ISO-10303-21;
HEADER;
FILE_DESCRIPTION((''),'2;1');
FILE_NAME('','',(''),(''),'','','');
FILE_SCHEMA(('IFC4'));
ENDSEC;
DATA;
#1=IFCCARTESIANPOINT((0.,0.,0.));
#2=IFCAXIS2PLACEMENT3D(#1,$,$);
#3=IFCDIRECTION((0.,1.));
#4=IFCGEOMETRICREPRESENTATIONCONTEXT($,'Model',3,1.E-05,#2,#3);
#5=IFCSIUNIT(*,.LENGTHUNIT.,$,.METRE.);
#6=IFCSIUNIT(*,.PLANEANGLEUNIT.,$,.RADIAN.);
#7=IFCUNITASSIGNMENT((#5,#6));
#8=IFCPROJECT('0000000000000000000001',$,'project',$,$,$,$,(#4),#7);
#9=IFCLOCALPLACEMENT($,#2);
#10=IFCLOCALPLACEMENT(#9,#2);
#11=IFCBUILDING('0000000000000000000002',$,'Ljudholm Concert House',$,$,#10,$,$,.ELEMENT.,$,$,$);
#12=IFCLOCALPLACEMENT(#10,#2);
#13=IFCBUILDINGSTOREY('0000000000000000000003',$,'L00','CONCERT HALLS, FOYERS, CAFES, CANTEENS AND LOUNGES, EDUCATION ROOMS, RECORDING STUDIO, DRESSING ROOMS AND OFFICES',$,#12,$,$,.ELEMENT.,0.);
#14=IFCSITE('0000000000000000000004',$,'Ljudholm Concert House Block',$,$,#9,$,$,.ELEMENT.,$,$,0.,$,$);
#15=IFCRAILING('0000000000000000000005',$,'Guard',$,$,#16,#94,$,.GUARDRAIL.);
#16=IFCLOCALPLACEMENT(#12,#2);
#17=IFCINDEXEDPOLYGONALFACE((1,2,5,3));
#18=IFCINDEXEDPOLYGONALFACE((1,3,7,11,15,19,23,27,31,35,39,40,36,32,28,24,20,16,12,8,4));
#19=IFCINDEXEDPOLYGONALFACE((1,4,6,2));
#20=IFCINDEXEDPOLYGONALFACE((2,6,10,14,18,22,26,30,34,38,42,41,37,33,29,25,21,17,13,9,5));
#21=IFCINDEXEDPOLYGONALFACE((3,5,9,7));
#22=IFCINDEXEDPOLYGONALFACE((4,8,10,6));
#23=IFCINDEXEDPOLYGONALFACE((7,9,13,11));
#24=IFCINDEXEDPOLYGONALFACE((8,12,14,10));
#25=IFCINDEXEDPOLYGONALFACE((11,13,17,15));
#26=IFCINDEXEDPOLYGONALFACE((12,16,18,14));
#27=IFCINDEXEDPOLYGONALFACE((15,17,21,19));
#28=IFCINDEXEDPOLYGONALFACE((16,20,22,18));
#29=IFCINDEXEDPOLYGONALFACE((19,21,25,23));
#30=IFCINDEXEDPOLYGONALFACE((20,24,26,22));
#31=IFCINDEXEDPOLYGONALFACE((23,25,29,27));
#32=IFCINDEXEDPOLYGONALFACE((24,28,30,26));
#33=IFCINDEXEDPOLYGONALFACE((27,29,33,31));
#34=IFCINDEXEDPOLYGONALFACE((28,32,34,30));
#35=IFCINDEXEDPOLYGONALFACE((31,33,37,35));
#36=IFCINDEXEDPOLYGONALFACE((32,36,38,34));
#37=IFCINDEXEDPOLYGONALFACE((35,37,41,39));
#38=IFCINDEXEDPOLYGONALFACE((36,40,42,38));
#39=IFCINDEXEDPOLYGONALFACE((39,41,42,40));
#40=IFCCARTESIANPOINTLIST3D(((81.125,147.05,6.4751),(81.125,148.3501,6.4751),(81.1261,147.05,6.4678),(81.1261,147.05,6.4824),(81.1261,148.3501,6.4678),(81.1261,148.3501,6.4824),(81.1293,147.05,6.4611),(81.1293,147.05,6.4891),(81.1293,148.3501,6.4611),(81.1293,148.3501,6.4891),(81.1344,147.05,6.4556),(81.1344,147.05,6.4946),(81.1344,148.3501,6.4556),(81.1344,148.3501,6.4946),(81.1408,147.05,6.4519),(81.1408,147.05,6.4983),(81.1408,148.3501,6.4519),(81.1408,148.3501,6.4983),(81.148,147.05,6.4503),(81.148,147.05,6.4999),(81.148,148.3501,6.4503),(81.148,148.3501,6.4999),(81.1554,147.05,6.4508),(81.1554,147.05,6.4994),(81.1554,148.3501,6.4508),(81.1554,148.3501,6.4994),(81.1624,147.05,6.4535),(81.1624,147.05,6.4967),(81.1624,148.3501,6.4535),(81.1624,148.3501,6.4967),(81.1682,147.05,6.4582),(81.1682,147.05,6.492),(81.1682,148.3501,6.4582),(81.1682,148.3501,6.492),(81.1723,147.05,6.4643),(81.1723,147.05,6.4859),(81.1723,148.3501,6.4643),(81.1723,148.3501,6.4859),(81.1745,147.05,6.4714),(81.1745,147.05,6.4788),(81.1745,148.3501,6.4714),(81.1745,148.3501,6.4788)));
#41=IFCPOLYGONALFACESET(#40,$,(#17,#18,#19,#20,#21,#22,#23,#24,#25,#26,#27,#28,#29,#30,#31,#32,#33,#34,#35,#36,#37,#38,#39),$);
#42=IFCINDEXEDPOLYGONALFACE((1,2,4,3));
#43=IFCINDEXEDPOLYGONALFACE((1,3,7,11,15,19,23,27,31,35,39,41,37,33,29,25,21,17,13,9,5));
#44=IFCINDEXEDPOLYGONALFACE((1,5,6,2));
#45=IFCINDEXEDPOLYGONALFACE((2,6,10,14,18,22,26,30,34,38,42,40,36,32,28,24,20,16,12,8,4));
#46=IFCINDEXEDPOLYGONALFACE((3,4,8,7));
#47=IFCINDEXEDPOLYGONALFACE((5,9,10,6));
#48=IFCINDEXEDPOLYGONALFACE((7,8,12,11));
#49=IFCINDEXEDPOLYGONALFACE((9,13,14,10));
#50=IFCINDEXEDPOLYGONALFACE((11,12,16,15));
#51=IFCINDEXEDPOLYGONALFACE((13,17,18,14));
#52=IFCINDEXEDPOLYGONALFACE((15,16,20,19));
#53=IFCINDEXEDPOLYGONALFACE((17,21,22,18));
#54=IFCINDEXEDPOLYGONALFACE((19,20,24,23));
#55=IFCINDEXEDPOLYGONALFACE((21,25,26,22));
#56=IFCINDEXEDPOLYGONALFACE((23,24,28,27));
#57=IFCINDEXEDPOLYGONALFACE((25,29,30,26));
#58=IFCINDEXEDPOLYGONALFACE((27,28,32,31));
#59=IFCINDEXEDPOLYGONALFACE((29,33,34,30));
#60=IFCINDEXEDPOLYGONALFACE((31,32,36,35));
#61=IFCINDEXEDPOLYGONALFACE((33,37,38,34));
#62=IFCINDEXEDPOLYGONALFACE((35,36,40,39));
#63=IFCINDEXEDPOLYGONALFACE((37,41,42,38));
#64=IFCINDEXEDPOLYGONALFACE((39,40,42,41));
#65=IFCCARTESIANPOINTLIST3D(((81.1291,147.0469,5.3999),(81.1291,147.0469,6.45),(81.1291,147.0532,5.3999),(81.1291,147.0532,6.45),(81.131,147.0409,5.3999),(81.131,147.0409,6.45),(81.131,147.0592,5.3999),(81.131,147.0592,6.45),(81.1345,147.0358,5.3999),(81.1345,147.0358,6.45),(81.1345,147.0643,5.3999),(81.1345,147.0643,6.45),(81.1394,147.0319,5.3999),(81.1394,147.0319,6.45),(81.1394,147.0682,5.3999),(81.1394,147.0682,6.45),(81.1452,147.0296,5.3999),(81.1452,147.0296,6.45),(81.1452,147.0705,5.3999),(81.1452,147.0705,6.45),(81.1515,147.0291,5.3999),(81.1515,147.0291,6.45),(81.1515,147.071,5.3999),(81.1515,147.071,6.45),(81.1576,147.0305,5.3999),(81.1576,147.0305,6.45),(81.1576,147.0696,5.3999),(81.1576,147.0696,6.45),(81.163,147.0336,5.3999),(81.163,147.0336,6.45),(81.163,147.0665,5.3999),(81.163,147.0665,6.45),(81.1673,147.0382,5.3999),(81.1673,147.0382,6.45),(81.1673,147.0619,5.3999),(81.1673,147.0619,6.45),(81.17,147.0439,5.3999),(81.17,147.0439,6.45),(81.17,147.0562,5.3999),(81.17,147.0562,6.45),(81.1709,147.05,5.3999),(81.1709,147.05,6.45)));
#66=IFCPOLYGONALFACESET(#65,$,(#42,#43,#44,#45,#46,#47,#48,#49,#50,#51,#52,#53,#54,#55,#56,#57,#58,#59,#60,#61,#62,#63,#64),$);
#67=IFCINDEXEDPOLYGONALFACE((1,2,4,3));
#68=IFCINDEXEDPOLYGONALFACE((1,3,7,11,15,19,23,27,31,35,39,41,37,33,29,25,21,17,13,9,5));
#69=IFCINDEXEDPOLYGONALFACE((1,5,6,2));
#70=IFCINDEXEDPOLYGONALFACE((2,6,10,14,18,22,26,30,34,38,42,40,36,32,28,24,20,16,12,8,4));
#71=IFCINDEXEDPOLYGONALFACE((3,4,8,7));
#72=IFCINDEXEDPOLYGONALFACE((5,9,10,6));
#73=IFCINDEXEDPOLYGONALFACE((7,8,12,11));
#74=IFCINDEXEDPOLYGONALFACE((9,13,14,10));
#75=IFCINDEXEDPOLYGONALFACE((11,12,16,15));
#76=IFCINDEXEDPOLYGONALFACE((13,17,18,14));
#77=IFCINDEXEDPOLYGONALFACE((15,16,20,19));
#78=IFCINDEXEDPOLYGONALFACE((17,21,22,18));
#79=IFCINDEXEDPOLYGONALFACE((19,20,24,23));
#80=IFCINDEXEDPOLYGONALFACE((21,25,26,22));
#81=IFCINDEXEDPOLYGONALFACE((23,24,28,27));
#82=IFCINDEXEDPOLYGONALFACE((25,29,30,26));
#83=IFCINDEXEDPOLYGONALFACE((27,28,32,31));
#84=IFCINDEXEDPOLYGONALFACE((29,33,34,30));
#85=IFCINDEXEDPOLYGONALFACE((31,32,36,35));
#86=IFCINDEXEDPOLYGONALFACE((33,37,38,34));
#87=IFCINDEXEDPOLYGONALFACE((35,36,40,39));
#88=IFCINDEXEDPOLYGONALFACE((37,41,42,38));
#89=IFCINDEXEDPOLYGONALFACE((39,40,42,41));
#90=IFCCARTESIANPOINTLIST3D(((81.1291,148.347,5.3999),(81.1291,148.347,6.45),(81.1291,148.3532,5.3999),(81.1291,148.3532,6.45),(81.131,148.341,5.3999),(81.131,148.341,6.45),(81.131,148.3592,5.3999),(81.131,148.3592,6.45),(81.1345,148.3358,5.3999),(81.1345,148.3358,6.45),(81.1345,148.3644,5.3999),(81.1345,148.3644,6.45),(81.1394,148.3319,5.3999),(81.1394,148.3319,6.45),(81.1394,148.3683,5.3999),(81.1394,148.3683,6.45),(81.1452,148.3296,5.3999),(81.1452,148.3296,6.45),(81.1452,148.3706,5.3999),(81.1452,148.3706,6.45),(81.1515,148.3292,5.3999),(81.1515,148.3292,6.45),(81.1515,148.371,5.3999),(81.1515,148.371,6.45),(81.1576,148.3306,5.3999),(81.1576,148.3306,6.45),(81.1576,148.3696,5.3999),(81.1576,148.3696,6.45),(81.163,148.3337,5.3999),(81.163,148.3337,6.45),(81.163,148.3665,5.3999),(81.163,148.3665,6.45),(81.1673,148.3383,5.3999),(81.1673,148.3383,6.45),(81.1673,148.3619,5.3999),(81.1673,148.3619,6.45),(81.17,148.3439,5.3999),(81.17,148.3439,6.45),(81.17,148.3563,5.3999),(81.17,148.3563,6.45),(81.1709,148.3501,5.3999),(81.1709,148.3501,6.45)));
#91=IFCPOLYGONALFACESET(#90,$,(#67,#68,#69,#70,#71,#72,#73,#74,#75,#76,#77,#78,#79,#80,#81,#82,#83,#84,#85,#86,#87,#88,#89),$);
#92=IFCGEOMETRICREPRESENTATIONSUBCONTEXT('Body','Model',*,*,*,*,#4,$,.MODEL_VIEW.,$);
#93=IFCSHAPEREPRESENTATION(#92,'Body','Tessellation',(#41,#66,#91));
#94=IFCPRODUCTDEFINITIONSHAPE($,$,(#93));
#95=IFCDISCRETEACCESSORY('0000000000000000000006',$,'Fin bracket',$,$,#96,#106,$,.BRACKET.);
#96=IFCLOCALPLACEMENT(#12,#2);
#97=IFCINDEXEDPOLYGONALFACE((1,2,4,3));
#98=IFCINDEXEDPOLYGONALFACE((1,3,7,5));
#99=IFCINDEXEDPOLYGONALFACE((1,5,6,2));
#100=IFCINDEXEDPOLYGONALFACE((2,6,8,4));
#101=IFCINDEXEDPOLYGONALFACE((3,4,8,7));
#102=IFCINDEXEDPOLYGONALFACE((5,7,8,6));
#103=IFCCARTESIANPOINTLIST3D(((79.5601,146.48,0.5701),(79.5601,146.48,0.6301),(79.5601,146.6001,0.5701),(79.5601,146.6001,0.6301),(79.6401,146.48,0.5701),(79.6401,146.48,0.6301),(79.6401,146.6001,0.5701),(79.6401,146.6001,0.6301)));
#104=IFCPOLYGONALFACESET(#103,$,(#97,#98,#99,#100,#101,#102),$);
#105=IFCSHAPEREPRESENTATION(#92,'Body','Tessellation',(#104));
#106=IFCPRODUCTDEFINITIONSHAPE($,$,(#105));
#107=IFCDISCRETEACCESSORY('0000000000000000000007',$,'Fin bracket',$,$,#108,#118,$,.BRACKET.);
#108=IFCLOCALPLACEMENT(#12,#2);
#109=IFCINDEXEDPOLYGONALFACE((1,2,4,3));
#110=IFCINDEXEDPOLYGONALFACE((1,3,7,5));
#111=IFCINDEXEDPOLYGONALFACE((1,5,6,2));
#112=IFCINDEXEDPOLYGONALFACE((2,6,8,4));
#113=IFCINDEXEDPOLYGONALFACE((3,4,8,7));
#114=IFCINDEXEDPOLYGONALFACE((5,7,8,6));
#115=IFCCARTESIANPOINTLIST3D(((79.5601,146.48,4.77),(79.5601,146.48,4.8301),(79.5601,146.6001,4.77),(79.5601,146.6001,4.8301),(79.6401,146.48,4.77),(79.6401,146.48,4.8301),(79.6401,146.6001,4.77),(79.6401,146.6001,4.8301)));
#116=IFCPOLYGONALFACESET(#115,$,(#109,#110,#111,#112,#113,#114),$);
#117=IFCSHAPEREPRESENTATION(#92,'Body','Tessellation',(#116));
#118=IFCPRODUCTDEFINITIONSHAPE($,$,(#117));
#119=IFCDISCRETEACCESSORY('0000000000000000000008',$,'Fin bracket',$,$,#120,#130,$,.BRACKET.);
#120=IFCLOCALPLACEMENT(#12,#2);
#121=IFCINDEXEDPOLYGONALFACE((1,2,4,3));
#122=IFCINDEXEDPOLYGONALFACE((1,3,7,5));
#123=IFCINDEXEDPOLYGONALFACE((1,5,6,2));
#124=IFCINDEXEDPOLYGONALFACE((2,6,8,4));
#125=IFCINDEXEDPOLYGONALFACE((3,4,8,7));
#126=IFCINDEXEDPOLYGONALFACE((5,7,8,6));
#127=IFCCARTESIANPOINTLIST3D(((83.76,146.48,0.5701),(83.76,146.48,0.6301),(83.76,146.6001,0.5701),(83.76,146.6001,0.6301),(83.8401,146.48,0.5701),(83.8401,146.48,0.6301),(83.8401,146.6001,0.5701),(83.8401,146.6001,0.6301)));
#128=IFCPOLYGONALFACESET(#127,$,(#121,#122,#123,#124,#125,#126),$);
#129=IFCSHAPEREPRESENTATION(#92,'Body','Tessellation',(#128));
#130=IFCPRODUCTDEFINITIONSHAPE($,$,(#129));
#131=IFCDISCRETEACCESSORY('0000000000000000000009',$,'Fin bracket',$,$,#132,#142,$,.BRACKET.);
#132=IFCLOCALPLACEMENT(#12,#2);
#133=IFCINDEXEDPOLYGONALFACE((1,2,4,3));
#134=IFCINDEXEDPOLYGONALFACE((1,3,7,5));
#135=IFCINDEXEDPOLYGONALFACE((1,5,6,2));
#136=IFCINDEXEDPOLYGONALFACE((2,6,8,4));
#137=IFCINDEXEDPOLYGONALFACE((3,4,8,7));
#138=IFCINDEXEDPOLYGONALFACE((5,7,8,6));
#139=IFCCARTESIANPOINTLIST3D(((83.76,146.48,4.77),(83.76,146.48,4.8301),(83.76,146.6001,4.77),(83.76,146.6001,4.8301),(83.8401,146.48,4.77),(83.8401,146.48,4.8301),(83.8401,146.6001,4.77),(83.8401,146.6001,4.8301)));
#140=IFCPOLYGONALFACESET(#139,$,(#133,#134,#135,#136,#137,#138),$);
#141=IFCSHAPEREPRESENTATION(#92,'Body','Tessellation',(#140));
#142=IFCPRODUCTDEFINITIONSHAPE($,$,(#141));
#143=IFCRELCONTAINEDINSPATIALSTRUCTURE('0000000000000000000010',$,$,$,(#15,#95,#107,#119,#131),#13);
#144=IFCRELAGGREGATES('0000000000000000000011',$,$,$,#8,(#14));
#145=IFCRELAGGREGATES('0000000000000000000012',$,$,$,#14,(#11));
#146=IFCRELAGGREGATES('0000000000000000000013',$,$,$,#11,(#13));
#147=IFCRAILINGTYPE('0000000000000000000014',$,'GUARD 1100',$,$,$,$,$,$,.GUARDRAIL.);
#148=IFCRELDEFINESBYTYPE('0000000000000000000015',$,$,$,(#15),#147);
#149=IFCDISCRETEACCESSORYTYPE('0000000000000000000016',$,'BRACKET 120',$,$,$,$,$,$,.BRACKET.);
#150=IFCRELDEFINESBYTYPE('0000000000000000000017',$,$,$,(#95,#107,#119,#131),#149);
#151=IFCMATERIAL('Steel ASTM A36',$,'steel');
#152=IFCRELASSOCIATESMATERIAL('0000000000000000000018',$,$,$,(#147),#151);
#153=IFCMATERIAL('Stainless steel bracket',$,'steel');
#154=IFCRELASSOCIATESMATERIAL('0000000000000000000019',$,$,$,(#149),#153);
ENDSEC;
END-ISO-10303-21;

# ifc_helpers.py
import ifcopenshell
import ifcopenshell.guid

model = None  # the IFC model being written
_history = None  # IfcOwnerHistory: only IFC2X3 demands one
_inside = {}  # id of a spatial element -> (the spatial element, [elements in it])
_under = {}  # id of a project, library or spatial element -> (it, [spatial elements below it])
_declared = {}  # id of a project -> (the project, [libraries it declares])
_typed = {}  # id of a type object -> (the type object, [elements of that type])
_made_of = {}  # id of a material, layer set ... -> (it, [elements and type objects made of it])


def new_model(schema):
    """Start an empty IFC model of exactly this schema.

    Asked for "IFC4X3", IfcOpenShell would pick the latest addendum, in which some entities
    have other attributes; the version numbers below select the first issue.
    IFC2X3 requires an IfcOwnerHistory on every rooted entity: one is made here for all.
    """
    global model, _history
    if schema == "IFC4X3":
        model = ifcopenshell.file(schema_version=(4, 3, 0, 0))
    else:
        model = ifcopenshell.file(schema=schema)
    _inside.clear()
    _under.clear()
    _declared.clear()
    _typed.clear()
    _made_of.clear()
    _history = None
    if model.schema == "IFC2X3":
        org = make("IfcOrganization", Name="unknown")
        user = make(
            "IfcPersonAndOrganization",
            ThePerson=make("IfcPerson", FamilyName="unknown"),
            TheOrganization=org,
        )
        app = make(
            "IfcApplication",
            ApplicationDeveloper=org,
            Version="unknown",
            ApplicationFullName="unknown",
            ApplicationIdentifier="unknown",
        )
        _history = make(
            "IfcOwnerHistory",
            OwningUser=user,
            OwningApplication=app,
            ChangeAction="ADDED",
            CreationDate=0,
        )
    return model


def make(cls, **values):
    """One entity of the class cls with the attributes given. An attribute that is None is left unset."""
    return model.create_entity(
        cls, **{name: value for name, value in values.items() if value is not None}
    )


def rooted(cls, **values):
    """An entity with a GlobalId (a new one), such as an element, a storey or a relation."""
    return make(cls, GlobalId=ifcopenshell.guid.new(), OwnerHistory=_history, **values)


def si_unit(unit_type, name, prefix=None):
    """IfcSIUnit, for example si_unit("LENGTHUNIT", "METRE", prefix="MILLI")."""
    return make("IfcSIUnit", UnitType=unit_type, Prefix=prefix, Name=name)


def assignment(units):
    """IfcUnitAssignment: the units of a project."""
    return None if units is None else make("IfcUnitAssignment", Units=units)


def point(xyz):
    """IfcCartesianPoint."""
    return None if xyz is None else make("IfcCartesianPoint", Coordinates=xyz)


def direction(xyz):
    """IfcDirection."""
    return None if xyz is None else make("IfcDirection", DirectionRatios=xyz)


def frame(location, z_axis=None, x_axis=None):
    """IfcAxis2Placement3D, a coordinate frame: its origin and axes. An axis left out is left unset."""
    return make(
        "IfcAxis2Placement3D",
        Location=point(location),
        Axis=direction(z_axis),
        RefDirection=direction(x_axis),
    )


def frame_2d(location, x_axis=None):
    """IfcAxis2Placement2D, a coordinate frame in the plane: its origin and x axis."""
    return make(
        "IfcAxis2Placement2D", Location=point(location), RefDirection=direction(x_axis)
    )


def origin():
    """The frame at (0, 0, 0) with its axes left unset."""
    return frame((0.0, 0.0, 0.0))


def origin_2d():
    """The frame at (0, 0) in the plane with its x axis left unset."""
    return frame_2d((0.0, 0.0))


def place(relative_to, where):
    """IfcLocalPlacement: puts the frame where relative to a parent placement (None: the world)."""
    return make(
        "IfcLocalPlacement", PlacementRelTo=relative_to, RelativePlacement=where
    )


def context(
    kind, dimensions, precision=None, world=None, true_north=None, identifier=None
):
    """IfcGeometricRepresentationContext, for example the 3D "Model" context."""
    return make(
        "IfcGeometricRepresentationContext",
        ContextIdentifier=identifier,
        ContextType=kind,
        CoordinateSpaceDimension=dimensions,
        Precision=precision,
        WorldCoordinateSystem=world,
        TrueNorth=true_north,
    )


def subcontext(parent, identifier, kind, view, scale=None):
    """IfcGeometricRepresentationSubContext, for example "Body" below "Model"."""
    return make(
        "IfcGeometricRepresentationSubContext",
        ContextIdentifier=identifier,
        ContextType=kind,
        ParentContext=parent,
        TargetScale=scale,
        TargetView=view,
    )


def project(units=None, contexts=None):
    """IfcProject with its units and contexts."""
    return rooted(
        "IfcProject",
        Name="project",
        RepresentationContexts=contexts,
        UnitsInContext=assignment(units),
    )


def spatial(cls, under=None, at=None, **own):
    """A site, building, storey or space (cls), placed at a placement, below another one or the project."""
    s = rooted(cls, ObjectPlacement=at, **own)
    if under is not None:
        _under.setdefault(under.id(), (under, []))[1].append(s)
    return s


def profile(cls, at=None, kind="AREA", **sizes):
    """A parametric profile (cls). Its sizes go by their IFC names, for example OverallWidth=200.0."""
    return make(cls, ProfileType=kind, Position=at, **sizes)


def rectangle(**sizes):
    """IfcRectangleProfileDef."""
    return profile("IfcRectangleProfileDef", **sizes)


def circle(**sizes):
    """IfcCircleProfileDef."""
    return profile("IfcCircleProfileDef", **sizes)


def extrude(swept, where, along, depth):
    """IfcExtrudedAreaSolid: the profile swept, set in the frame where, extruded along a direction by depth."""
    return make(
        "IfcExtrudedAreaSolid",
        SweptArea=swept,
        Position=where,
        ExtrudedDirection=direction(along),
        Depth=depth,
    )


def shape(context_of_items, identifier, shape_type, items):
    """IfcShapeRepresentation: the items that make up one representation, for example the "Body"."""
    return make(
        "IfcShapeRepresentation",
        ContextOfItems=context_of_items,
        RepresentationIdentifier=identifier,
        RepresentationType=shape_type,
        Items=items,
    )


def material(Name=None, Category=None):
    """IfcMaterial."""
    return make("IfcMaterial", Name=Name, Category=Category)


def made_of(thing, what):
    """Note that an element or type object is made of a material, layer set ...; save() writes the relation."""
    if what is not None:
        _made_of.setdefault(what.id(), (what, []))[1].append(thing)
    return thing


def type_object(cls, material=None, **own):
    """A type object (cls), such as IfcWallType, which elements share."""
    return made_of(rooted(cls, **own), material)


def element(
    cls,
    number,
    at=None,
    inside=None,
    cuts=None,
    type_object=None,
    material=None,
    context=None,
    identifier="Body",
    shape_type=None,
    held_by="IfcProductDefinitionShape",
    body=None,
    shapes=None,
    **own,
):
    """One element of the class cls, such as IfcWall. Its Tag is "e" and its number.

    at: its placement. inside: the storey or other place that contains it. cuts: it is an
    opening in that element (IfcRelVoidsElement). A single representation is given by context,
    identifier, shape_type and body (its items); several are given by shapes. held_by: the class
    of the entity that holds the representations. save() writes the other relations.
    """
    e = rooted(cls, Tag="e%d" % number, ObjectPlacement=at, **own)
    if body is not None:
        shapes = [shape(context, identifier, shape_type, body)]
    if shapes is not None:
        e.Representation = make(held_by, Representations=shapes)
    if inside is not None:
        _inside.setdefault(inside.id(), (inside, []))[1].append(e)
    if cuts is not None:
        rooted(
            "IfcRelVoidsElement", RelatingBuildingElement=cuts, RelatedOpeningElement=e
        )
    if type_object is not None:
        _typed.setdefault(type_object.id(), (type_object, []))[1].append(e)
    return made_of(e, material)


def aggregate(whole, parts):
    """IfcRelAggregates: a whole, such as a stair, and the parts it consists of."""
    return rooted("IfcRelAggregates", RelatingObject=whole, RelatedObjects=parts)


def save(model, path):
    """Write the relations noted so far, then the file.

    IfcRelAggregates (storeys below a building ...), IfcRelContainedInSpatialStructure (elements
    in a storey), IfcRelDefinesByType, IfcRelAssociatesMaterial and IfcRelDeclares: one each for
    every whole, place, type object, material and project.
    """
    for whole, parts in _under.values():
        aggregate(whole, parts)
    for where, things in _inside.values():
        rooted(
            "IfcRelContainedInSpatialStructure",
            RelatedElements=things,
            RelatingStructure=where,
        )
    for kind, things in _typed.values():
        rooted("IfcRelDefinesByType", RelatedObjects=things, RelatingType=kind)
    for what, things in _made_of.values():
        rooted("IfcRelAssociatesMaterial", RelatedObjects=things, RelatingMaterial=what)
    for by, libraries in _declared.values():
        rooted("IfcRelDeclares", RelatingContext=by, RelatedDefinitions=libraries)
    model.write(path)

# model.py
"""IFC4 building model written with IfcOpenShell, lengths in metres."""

from ifc_helpers import new_model, si_unit, direction, frame, origin, origin_2d, place, context, subcontext, project, spatial, rectangle, circle, extrude, material, type_object, element, save


model = new_model("IFC4")

# Units and contexts
model_context = context("Model", 3, precision=1e-05, world=origin(), true_north=direction((0.0, 1.0)))
body_context = subcontext(model_context, "Body", "Model", "MODEL_VIEW")
ifc_project = project(units=[si_unit("LENGTHUNIT", "METRE"), si_unit("PLANEANGLEUNIT", "RADIAN")], contexts=[model_context])

# Site, building, storey
site_placement = place(None, origin())
site = spatial("IfcSite", under=ifc_project, at=site_placement, Name="Ljudholm Concert House Block", CompositionType="ELEMENT", RefElevation=0.0)
building_placement = place(site_placement, origin())
building = spatial("IfcBuilding", under=site, at=building_placement, Name="Ljudholm Concert House", CompositionType="ELEMENT")
storey_placement = place(building_placement, origin())
storey = spatial("IfcBuildingStorey", under=building, at=storey_placement, Name="L00", Description="CONCERT HALLS, FOYERS, CAFES, CANTEENS AND LOUNGES, EDUCATION ROOMS, RECORDING STUDIO, DRESSING ROOMS AND OFFICES", CompositionType="ELEMENT", Elevation=0.0)

# Railing
ifc_material_1 = material(Name="Steel ASTM A36", Category="steel")
railing_type_1 = type_object("IfcRailingType", Name="GUARD 1100", PredefinedType="GUARDRAIL", material=ifc_material_1)
railing_1_placement = place(storey_placement, frame((81.1499, 147.05, 5.3999)))
element("IfcRailing", 1, at=railing_1_placement, inside=storey, type_object=railing_type_1, Name="Guard", PredefinedType="GUARDRAIL", context=body_context, shape_type="SweptSolid", body=[
    extrude(circle(Radius=0.0249, at=origin_2d()), frame((0.0, 0.0, 1.0752), z_axis=(0.0, 1.0, 0.0), x_axis=(-1.0, 0.0, 0.0)), (0.0, 0.0, 1.0), 1.3),
    extrude(circle(Radius=0.021, at=origin_2d()), origin(), (0.0, 0.0, 1.0), 1.05),
    extrude(circle(Radius=0.021, at=origin_2d()), frame((0.0, 1.3, 0.0)), (0.0, 0.0, 1.0), 1.05),
])

# Discrete accessories
ifc_material_2 = material(Name="Stainless steel bracket", Category="steel")
discrete_accessory_type = type_object("IfcDiscreteAccessoryType", Name="BRACKET 120", PredefinedType="BRACKET", material=ifc_material_2)
for number, where, z_axis, x_axis, name in (
    (2, (79.6001, 146.54, 0.5701), (0.0, 0.0, 1.0), (0.0, -1.0, 0.0), "Fin bracket"),
    (3, (79.6001, 146.54, 4.77), (0.0, 0.0, 1.0), (0.0, -1.0, 0.0), "Fin bracket"),
    (4, (83.8, 146.54, 0.5701), (0.0, 0.0, 1.0), (0.0, -1.0, 0.0), "Fin bracket"),
    (5, (83.8, 146.54, 4.77), (0.0, 0.0, 1.0), (0.0, -1.0, 0.0), "Fin bracket"),
):
    element("IfcDiscreteAccessory", number, at=place(storey_placement, frame(where, z_axis=z_axis, x_axis=x_axis)), inside=storey, type_object=discrete_accessory_type, Name=name, PredefinedType="BRACKET", context=body_context, shape_type="SweptSolid", body=[
        extrude(rectangle(XDim=0.1201, YDim=0.0801, at=origin_2d()), origin(), (0.0, 0.0, 1.0), 0.0601),
    ])

save(model, "model.ifc")
